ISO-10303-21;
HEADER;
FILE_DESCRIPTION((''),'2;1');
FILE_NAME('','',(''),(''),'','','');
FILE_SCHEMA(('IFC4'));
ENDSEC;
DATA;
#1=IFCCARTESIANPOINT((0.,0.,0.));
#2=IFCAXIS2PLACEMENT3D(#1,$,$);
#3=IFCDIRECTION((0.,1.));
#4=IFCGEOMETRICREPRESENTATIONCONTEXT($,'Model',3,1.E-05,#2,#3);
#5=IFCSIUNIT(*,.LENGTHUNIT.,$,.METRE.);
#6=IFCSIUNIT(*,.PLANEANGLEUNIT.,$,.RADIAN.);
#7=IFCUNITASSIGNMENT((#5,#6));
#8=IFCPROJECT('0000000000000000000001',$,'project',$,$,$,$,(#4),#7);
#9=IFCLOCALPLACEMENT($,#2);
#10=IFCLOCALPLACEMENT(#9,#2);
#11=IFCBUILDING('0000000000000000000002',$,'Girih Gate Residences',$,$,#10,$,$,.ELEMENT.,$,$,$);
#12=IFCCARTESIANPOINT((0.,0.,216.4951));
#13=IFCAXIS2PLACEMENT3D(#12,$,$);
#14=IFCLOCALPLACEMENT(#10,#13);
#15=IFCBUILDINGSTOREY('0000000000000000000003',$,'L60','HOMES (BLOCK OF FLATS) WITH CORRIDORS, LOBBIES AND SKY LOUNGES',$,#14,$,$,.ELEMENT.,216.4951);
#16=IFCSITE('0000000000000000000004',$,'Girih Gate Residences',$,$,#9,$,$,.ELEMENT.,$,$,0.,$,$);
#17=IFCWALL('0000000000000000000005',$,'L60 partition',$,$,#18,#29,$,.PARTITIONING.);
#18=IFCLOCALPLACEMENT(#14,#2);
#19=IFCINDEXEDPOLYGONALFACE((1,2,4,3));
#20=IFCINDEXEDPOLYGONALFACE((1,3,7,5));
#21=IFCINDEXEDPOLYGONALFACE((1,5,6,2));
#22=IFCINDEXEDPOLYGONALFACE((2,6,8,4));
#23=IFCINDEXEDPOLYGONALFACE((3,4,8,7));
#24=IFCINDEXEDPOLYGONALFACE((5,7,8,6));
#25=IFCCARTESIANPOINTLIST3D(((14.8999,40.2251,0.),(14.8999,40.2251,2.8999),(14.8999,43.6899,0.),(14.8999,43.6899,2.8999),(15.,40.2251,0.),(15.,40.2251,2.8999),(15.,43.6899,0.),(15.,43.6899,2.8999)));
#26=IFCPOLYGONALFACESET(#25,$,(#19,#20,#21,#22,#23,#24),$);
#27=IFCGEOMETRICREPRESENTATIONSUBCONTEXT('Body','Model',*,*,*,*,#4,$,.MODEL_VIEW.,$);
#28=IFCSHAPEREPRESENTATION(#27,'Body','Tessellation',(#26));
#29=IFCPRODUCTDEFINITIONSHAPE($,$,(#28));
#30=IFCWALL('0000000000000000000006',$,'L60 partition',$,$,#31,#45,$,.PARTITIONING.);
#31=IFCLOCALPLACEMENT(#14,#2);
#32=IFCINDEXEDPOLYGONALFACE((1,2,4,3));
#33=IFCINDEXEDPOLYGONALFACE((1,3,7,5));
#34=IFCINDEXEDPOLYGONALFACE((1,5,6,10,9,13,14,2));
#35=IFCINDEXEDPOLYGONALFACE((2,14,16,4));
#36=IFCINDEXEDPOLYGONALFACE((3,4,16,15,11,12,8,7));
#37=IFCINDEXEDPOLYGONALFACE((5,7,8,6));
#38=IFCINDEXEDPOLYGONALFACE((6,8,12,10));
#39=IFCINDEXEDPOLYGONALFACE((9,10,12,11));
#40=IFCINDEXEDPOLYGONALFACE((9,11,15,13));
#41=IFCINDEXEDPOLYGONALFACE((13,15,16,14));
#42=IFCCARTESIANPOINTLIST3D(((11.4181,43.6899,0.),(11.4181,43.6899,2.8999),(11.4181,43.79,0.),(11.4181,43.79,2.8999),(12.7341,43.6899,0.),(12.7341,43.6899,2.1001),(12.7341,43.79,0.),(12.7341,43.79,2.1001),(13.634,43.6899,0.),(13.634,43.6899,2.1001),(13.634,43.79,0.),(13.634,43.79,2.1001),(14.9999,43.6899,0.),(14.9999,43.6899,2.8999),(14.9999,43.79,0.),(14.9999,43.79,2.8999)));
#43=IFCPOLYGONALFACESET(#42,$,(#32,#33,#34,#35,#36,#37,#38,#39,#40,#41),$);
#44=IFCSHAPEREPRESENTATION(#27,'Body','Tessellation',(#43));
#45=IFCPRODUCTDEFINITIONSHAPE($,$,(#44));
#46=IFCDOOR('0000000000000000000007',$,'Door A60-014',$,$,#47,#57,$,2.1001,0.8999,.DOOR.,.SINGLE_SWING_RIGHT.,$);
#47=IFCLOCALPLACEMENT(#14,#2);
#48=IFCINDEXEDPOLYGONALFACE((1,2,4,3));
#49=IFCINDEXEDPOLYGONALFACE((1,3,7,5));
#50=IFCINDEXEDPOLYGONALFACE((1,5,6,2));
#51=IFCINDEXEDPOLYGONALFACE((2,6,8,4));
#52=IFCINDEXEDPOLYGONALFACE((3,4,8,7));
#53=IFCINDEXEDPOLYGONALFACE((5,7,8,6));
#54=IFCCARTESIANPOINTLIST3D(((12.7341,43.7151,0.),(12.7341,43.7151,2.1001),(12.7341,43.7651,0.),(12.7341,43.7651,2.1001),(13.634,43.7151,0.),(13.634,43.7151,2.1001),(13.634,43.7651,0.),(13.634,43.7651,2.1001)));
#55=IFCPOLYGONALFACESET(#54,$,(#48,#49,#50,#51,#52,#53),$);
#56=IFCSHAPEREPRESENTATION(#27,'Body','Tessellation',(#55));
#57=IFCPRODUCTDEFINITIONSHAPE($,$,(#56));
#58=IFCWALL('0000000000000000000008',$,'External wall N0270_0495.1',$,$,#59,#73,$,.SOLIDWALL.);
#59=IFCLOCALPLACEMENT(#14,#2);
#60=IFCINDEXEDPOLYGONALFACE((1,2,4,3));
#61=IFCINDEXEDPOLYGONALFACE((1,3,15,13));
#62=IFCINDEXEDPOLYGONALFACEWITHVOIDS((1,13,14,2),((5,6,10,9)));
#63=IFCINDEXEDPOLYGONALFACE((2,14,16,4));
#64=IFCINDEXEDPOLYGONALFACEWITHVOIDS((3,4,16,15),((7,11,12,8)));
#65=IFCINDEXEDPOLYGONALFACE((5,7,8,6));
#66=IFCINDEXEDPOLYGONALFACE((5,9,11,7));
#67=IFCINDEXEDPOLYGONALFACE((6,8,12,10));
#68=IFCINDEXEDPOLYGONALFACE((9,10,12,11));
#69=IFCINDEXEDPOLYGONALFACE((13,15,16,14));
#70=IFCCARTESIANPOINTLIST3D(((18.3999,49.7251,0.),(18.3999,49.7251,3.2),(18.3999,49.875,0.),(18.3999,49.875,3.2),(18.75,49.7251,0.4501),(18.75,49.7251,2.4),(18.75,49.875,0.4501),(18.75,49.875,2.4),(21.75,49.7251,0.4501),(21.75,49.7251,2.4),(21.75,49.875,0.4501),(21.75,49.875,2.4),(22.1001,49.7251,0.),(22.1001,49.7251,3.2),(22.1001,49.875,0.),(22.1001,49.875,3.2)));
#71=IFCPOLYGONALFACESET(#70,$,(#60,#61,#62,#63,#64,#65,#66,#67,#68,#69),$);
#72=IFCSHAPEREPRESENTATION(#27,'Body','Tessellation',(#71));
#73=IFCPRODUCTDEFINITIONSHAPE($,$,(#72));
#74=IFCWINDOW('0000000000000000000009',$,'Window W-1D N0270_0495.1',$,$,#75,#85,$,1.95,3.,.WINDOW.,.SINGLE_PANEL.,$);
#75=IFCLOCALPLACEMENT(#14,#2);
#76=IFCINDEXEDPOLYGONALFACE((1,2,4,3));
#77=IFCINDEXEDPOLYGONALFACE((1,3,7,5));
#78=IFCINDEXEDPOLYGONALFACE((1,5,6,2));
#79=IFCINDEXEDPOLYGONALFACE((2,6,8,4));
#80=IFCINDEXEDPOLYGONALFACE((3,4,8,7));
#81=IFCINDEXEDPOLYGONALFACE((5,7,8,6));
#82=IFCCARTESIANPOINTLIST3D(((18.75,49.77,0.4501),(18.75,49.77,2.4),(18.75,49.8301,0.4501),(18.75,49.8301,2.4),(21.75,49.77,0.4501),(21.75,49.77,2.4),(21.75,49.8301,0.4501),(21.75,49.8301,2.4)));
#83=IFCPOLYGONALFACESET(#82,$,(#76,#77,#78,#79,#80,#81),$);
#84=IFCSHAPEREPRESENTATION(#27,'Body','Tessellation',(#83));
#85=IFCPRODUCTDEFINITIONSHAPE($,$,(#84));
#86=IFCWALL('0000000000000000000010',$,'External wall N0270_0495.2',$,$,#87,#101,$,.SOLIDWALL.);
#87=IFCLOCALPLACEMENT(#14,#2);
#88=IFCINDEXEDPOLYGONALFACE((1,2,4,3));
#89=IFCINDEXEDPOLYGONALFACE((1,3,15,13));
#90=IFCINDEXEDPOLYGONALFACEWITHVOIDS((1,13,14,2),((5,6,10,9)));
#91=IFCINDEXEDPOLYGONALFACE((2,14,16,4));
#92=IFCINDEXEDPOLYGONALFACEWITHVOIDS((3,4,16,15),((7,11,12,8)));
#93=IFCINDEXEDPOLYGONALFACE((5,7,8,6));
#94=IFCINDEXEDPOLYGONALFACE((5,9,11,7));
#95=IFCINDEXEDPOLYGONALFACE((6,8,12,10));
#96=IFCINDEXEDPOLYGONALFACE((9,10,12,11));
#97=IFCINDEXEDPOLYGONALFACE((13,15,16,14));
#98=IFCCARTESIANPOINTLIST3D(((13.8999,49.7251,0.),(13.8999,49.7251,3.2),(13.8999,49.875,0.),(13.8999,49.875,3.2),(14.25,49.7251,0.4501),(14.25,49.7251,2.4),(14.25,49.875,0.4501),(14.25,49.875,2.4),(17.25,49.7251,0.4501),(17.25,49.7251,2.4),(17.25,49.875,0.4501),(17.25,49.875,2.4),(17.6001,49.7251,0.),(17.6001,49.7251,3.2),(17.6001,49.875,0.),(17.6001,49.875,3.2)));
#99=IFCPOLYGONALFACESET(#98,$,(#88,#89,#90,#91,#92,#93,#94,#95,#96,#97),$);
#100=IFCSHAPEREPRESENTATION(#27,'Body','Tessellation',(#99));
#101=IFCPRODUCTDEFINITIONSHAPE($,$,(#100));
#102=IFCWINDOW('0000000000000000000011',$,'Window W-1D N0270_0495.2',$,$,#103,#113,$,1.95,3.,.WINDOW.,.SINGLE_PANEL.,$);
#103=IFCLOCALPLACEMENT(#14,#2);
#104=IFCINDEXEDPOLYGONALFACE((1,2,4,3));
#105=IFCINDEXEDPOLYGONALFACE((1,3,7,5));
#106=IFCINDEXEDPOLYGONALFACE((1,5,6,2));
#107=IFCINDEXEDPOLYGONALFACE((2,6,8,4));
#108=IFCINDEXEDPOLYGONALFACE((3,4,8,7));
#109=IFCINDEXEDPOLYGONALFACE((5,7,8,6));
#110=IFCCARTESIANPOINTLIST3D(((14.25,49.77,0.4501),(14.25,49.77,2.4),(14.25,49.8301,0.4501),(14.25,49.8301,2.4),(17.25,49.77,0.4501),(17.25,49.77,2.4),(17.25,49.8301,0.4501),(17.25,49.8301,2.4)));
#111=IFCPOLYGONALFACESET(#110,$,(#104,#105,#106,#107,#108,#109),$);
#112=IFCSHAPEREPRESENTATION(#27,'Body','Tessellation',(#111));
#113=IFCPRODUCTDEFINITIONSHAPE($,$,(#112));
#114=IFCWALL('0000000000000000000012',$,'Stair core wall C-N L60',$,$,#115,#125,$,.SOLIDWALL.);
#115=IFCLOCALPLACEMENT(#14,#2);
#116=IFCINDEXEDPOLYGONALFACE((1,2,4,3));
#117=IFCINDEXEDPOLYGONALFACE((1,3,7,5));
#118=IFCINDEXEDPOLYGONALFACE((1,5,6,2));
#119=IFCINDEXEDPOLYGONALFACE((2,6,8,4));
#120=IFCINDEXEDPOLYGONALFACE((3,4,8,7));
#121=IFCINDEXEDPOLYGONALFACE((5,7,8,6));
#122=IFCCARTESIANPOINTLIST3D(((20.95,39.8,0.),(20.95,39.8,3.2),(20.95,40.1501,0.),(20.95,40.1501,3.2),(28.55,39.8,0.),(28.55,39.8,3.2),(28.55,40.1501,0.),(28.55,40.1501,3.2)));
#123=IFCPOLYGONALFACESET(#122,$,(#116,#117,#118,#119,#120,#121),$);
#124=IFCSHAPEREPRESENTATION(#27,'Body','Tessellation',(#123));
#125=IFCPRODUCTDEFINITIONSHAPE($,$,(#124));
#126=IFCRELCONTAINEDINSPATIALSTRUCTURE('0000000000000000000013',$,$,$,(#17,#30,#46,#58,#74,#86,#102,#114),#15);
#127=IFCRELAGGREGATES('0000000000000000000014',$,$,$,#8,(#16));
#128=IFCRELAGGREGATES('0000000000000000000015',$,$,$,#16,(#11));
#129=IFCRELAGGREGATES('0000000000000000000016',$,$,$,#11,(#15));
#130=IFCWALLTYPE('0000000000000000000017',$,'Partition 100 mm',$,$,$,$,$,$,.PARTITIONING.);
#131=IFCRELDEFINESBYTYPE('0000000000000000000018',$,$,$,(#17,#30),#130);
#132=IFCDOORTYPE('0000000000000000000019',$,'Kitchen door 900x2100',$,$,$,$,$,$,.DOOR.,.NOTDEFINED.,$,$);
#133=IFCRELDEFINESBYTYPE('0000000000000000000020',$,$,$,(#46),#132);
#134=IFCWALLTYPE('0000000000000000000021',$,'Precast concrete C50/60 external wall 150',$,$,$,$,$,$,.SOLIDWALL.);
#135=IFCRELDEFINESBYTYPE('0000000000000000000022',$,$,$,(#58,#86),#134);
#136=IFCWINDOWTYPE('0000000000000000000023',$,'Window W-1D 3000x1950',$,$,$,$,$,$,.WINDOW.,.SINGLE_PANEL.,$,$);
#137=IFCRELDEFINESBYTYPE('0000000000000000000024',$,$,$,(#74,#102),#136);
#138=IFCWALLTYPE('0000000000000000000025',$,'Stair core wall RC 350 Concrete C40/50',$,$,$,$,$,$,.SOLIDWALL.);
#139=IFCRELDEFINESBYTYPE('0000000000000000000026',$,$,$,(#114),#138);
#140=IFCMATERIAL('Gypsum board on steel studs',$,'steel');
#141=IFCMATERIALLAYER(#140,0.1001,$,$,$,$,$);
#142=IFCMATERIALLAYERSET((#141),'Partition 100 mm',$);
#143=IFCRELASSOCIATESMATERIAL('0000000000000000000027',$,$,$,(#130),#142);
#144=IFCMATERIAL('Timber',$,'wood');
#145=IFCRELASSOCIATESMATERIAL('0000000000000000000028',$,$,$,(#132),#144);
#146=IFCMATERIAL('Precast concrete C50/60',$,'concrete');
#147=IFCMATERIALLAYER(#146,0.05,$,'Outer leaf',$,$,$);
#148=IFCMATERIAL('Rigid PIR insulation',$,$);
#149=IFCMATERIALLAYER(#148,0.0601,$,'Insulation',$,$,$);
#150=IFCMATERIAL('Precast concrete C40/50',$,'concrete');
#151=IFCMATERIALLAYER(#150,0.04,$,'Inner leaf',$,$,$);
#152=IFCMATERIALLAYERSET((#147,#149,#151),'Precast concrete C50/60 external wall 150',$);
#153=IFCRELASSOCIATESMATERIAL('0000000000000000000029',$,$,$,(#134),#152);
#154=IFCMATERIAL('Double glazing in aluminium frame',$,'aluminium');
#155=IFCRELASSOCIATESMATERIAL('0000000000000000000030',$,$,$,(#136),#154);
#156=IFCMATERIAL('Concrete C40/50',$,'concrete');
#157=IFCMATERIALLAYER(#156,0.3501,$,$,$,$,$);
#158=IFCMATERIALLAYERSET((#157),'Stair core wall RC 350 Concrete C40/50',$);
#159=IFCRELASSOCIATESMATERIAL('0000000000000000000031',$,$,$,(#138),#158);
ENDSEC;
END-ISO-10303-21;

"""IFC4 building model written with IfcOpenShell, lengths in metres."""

from ifc_helpers import new_model, si_unit, direction, frame, frame_2d, origin, place, context, subcontext, project, spatial, rectangle, extrude, material, layer, layer_set, type_object, element, fill, save


model = new_model("IFC4")

# Units and contexts
model_context = context("Model", 3, precision=1e-05, world=origin(), true_north=direction((0.0, 1.0)))
body_context = subcontext(model_context, "Body", "Model", "MODEL_VIEW")
ifc_project = project(units=[si_unit("LENGTHUNIT", "METRE"), si_unit("PLANEANGLEUNIT", "RADIAN")], contexts=[model_context])

# Site, building, storey
site_placement = place(None, origin())
site = spatial("IfcSite", under=ifc_project, at=site_placement, Name="Girih Gate Residences", CompositionType="ELEMENT", RefElevation=0.0)
building_placement = place(site_placement, origin())
building = spatial("IfcBuilding", under=site, at=building_placement, Name="Girih Gate Residences", CompositionType="ELEMENT")
storey_placement = place(building_placement, frame((0.0, 0.0, 216.4951)))
storey = spatial("IfcBuildingStorey", under=building, at=storey_placement, Name="L60", Description="HOMES (BLOCK OF FLATS) WITH CORRIDORS, LOBBIES AND SKY LOUNGES", CompositionType="ELEMENT", Elevation=216.4951)

# Shared definitions
ifc_material_1 = material(Name="Gypsum board on steel studs", Category="steel")

# Wall
ifc_layer_1 = layer(ifc_material_1, 0.1001)
ifc_layer_set_1 = layer_set([ifc_layer_1], Name="Partition 100 mm")
wall_type_1 = type_object("IfcWallType", Name="Partition 100 mm", PredefinedType="PARTITIONING", material=ifc_layer_set_1)
wall_1_placement = place(storey_placement, frame((14.95, 40.2251, 0.0), z_axis=(0.0, 0.0, 1.0), x_axis=(0.0, 1.0, 0.0)))
element("IfcWall", 1, at=wall_1_placement, inside=storey, type_object=wall_type_1, Name="L60 partition", PredefinedType="PARTITIONING", context=body_context, shape_type="SweptSolid", body=[
    extrude(rectangle(XDim=3.4648, YDim=0.1001, at=frame_2d((1.7324, 0.0))), origin(), (0.0, 0.0, 1.0), 2.8999),
])

# Wall, opening, door
wall_2_placement = place(storey_placement, frame((15.0, 43.74, 0.0), z_axis=(0.0, 0.0, 1.0), x_axis=(-1.0, 0.0, 0.0)))
wall_2 = element("IfcWall", 2, at=wall_2_placement, inside=storey, type_object=wall_type_1, Name="L60 partition", PredefinedType="PARTITIONING", context=body_context, shape_type="SweptSolid", body=[
    extrude(rectangle(XDim=3.5818, YDim=0.1001, at=frame_2d((1.791, 0.0))), origin(), (0.0, 0.0, 1.0), 2.8999),
])
opening_1_placement = place(wall_2_placement, frame((1.366, 0.0, 0.0)))
opening_1 = element("IfcOpeningElement", 3, at=opening_1_placement, cuts=wall_2, PredefinedType="OPENING", context=body_context, shape_type="SweptSolid", body=[
    extrude(rectangle(XDim=0.8999, YDim=2.1001, at=frame_2d((0.45, 1.05))), frame((0.0, 0.0601, 0.0), z_axis=(0.0, -1.0, 0.0), x_axis=(1.0, 0.0, 0.0)), (0.0, 0.0, 1.0), 0.1201),
])
ifc_material_2 = material(Name="Timber", Category="wood")
door_type_1 = type_object("IfcDoorType", Name="Kitchen door 900x2100", OperationType="NOTDEFINED", PredefinedType="DOOR", material=ifc_material_2)
door_1_placement = place(opening_1_placement, origin())
door_1 = element("IfcDoor", 4, at=door_1_placement, inside=storey, type_object=door_type_1, Name="Door A60-014", OperationType="SINGLE_SWING_RIGHT", OverallHeight=2.1001, OverallWidth=0.8999, PredefinedType="DOOR", context=body_context, shape_type="SweptSolid", body=[
    extrude(rectangle(XDim=0.8999, YDim=2.1001, at=frame_2d((0.45, 1.05))), frame((0.0, 0.0249, 0.0), z_axis=(0.0, -1.0, 0.0), x_axis=(1.0, 0.0, 0.0)), (0.0, 0.0, 1.0), 0.05),
])
fill(opening_1, door_1)

# Walls, openings, windows
ifc_material_3 = material(Name="Precast concrete C50/60", Category="concrete")
ifc_layer_2 = layer(ifc_material_3, 0.05, Name="Outer leaf")
ifc_material_4 = material(Name="Rigid PIR insulation")
ifc_layer_3 = layer(ifc_material_4, 0.0601, Name="Insulation")
ifc_material_5 = material(Name="Precast concrete C40/50", Category="concrete")
ifc_layer_4 = layer(ifc_material_5, 0.04, Name="Inner leaf")
ifc_layer_set_2 = layer_set([ifc_layer_2, ifc_layer_3, ifc_layer_4], Name="Precast concrete C50/60 external wall 150")
wall_type_2 = type_object("IfcWallType", Name="Precast concrete C50/60 external wall 150", PredefinedType="SOLIDWALL", material=ifc_layer_set_2)
wall_3_placement = place(storey_placement, frame((18.3999, 49.8, 0.0), z_axis=(0.0, 0.0, 1.0), x_axis=(1.0, 0.0, 0.0)))
wall_3 = element("IfcWall", 5, at=wall_3_placement, inside=storey, type_object=wall_type_2, Name="External wall N0270_0495.1", PredefinedType="SOLIDWALL", context=body_context, shape_type="SweptSolid", body=[
    extrude(rectangle(XDim=3.7002, YDim=0.1499, at=frame_2d((1.8501, 0.0))), origin(), (0.0, 0.0, 1.0), 3.2),
])
opening_2_placement = place(wall_3_placement, frame((0.3501, 0.0, 0.45)))
opening_2 = element("IfcOpeningElement", 6, at=opening_2_placement, cuts=wall_3, PredefinedType="OPENING", context=body_context, shape_type="SweptSolid", body=[
    extrude(rectangle(XDim=3.0, YDim=1.95, at=frame_2d((1.5, 0.9751))), frame((0.0, 0.085, 0.0), z_axis=(0.0, -1.0, 0.0), x_axis=(1.0, 0.0, 0.0)), (0.0, 0.0, 1.0), 0.1699),
])
ifc_material_6 = material(Name="Double glazing in aluminium frame", Category="aluminium")
window_type = type_object("IfcWindowType", Name="Window W-1D 3000x1950", PartitioningType="SINGLE_PANEL", PredefinedType="WINDOW", material=ifc_material_6)
window_1_placement = place(opening_2_placement, origin())
window_1 = element("IfcWindow", 7, at=window_1_placement, inside=storey, type_object=window_type, Name="Window W-1D N0270_0495.1", OverallHeight=1.95, OverallWidth=3.0, PartitioningType="SINGLE_PANEL", PredefinedType="WINDOW", context=body_context, shape_type="SweptSolid", body=[
    extrude(rectangle(XDim=3.0, YDim=1.95, at=frame_2d((1.5, 0.9751))), frame((0.0, 0.03, 0.0), z_axis=(0.0, -1.0, 0.0), x_axis=(1.0, 0.0, 0.0)), (0.0, 0.0, 1.0), 0.0601),
])
fill(opening_2, window_1)
wall_4_placement = place(storey_placement, frame((13.8999, 49.8, 0.0), z_axis=(0.0, 0.0, 1.0), x_axis=(1.0, 0.0, 0.0)))
wall_4 = element("IfcWall", 8, at=wall_4_placement, inside=storey, type_object=wall_type_2, Name="External wall N0270_0495.2", PredefinedType="SOLIDWALL", context=body_context, shape_type="SweptSolid", body=[
    extrude(rectangle(XDim=3.7002, YDim=0.1499, at=frame_2d((1.8501, 0.0))), origin(), (0.0, 0.0, 1.0), 3.2),
])
opening_3_placement = place(wall_4_placement, frame((0.3501, 0.0, 0.45)))
opening_3 = element("IfcOpeningElement", 9, at=opening_3_placement, cuts=wall_4, PredefinedType="OPENING", context=body_context, shape_type="SweptSolid", body=[
    extrude(rectangle(XDim=3.0, YDim=1.95, at=frame_2d((1.5, 0.9751))), frame((0.0, 0.085, 0.0), z_axis=(0.0, -1.0, 0.0), x_axis=(1.0, 0.0, 0.0)), (0.0, 0.0, 1.0), 0.1699),
])
window_2_placement = place(opening_3_placement, origin())
window_2 = element("IfcWindow", 10, at=window_2_placement, inside=storey, type_object=window_type, Name="Window W-1D N0270_0495.2", OverallHeight=1.95, OverallWidth=3.0, PartitioningType="SINGLE_PANEL", PredefinedType="WINDOW", context=body_context, shape_type="SweptSolid", body=[
    extrude(rectangle(XDim=3.0, YDim=1.95, at=frame_2d((1.5, 0.9751))), frame((0.0, 0.03, 0.0), z_axis=(0.0, -1.0, 0.0), x_axis=(1.0, 0.0, 0.0)), (0.0, 0.0, 1.0), 0.0601),
])
fill(opening_3, window_2)

# Wall
ifc_material_7 = material(Name="Concrete C40/50", Category="concrete")
ifc_layer_5 = layer(ifc_material_7, 0.3501)
ifc_layer_set_3 = layer_set([ifc_layer_5], Name="Stair core wall RC 350 Concrete C40/50")
wall_type_3 = type_object("IfcWallType", Name="Stair core wall RC 350 Concrete C40/50", PredefinedType="SOLIDWALL", material=ifc_layer_set_3)
wall_5_placement = place(storey_placement, frame((20.95, 39.9751, 0.0), z_axis=(0.0, 0.0, 1.0), x_axis=(1.0, 0.0, 0.0)))
element("IfcWall", 11, at=wall_5_placement, inside=storey, type_object=wall_type_3, Name="Stair core wall C-N L60", PredefinedType="SOLIDWALL", context=body_context, shape_type="SweptSolid", body=[
    extrude(rectangle(XDim=7.6001, YDim=0.3501, at=frame_2d((3.8, 0.0))), origin(), (0.0, 0.0, 1.0), 3.2),
])

save(model, "model.ifc")
